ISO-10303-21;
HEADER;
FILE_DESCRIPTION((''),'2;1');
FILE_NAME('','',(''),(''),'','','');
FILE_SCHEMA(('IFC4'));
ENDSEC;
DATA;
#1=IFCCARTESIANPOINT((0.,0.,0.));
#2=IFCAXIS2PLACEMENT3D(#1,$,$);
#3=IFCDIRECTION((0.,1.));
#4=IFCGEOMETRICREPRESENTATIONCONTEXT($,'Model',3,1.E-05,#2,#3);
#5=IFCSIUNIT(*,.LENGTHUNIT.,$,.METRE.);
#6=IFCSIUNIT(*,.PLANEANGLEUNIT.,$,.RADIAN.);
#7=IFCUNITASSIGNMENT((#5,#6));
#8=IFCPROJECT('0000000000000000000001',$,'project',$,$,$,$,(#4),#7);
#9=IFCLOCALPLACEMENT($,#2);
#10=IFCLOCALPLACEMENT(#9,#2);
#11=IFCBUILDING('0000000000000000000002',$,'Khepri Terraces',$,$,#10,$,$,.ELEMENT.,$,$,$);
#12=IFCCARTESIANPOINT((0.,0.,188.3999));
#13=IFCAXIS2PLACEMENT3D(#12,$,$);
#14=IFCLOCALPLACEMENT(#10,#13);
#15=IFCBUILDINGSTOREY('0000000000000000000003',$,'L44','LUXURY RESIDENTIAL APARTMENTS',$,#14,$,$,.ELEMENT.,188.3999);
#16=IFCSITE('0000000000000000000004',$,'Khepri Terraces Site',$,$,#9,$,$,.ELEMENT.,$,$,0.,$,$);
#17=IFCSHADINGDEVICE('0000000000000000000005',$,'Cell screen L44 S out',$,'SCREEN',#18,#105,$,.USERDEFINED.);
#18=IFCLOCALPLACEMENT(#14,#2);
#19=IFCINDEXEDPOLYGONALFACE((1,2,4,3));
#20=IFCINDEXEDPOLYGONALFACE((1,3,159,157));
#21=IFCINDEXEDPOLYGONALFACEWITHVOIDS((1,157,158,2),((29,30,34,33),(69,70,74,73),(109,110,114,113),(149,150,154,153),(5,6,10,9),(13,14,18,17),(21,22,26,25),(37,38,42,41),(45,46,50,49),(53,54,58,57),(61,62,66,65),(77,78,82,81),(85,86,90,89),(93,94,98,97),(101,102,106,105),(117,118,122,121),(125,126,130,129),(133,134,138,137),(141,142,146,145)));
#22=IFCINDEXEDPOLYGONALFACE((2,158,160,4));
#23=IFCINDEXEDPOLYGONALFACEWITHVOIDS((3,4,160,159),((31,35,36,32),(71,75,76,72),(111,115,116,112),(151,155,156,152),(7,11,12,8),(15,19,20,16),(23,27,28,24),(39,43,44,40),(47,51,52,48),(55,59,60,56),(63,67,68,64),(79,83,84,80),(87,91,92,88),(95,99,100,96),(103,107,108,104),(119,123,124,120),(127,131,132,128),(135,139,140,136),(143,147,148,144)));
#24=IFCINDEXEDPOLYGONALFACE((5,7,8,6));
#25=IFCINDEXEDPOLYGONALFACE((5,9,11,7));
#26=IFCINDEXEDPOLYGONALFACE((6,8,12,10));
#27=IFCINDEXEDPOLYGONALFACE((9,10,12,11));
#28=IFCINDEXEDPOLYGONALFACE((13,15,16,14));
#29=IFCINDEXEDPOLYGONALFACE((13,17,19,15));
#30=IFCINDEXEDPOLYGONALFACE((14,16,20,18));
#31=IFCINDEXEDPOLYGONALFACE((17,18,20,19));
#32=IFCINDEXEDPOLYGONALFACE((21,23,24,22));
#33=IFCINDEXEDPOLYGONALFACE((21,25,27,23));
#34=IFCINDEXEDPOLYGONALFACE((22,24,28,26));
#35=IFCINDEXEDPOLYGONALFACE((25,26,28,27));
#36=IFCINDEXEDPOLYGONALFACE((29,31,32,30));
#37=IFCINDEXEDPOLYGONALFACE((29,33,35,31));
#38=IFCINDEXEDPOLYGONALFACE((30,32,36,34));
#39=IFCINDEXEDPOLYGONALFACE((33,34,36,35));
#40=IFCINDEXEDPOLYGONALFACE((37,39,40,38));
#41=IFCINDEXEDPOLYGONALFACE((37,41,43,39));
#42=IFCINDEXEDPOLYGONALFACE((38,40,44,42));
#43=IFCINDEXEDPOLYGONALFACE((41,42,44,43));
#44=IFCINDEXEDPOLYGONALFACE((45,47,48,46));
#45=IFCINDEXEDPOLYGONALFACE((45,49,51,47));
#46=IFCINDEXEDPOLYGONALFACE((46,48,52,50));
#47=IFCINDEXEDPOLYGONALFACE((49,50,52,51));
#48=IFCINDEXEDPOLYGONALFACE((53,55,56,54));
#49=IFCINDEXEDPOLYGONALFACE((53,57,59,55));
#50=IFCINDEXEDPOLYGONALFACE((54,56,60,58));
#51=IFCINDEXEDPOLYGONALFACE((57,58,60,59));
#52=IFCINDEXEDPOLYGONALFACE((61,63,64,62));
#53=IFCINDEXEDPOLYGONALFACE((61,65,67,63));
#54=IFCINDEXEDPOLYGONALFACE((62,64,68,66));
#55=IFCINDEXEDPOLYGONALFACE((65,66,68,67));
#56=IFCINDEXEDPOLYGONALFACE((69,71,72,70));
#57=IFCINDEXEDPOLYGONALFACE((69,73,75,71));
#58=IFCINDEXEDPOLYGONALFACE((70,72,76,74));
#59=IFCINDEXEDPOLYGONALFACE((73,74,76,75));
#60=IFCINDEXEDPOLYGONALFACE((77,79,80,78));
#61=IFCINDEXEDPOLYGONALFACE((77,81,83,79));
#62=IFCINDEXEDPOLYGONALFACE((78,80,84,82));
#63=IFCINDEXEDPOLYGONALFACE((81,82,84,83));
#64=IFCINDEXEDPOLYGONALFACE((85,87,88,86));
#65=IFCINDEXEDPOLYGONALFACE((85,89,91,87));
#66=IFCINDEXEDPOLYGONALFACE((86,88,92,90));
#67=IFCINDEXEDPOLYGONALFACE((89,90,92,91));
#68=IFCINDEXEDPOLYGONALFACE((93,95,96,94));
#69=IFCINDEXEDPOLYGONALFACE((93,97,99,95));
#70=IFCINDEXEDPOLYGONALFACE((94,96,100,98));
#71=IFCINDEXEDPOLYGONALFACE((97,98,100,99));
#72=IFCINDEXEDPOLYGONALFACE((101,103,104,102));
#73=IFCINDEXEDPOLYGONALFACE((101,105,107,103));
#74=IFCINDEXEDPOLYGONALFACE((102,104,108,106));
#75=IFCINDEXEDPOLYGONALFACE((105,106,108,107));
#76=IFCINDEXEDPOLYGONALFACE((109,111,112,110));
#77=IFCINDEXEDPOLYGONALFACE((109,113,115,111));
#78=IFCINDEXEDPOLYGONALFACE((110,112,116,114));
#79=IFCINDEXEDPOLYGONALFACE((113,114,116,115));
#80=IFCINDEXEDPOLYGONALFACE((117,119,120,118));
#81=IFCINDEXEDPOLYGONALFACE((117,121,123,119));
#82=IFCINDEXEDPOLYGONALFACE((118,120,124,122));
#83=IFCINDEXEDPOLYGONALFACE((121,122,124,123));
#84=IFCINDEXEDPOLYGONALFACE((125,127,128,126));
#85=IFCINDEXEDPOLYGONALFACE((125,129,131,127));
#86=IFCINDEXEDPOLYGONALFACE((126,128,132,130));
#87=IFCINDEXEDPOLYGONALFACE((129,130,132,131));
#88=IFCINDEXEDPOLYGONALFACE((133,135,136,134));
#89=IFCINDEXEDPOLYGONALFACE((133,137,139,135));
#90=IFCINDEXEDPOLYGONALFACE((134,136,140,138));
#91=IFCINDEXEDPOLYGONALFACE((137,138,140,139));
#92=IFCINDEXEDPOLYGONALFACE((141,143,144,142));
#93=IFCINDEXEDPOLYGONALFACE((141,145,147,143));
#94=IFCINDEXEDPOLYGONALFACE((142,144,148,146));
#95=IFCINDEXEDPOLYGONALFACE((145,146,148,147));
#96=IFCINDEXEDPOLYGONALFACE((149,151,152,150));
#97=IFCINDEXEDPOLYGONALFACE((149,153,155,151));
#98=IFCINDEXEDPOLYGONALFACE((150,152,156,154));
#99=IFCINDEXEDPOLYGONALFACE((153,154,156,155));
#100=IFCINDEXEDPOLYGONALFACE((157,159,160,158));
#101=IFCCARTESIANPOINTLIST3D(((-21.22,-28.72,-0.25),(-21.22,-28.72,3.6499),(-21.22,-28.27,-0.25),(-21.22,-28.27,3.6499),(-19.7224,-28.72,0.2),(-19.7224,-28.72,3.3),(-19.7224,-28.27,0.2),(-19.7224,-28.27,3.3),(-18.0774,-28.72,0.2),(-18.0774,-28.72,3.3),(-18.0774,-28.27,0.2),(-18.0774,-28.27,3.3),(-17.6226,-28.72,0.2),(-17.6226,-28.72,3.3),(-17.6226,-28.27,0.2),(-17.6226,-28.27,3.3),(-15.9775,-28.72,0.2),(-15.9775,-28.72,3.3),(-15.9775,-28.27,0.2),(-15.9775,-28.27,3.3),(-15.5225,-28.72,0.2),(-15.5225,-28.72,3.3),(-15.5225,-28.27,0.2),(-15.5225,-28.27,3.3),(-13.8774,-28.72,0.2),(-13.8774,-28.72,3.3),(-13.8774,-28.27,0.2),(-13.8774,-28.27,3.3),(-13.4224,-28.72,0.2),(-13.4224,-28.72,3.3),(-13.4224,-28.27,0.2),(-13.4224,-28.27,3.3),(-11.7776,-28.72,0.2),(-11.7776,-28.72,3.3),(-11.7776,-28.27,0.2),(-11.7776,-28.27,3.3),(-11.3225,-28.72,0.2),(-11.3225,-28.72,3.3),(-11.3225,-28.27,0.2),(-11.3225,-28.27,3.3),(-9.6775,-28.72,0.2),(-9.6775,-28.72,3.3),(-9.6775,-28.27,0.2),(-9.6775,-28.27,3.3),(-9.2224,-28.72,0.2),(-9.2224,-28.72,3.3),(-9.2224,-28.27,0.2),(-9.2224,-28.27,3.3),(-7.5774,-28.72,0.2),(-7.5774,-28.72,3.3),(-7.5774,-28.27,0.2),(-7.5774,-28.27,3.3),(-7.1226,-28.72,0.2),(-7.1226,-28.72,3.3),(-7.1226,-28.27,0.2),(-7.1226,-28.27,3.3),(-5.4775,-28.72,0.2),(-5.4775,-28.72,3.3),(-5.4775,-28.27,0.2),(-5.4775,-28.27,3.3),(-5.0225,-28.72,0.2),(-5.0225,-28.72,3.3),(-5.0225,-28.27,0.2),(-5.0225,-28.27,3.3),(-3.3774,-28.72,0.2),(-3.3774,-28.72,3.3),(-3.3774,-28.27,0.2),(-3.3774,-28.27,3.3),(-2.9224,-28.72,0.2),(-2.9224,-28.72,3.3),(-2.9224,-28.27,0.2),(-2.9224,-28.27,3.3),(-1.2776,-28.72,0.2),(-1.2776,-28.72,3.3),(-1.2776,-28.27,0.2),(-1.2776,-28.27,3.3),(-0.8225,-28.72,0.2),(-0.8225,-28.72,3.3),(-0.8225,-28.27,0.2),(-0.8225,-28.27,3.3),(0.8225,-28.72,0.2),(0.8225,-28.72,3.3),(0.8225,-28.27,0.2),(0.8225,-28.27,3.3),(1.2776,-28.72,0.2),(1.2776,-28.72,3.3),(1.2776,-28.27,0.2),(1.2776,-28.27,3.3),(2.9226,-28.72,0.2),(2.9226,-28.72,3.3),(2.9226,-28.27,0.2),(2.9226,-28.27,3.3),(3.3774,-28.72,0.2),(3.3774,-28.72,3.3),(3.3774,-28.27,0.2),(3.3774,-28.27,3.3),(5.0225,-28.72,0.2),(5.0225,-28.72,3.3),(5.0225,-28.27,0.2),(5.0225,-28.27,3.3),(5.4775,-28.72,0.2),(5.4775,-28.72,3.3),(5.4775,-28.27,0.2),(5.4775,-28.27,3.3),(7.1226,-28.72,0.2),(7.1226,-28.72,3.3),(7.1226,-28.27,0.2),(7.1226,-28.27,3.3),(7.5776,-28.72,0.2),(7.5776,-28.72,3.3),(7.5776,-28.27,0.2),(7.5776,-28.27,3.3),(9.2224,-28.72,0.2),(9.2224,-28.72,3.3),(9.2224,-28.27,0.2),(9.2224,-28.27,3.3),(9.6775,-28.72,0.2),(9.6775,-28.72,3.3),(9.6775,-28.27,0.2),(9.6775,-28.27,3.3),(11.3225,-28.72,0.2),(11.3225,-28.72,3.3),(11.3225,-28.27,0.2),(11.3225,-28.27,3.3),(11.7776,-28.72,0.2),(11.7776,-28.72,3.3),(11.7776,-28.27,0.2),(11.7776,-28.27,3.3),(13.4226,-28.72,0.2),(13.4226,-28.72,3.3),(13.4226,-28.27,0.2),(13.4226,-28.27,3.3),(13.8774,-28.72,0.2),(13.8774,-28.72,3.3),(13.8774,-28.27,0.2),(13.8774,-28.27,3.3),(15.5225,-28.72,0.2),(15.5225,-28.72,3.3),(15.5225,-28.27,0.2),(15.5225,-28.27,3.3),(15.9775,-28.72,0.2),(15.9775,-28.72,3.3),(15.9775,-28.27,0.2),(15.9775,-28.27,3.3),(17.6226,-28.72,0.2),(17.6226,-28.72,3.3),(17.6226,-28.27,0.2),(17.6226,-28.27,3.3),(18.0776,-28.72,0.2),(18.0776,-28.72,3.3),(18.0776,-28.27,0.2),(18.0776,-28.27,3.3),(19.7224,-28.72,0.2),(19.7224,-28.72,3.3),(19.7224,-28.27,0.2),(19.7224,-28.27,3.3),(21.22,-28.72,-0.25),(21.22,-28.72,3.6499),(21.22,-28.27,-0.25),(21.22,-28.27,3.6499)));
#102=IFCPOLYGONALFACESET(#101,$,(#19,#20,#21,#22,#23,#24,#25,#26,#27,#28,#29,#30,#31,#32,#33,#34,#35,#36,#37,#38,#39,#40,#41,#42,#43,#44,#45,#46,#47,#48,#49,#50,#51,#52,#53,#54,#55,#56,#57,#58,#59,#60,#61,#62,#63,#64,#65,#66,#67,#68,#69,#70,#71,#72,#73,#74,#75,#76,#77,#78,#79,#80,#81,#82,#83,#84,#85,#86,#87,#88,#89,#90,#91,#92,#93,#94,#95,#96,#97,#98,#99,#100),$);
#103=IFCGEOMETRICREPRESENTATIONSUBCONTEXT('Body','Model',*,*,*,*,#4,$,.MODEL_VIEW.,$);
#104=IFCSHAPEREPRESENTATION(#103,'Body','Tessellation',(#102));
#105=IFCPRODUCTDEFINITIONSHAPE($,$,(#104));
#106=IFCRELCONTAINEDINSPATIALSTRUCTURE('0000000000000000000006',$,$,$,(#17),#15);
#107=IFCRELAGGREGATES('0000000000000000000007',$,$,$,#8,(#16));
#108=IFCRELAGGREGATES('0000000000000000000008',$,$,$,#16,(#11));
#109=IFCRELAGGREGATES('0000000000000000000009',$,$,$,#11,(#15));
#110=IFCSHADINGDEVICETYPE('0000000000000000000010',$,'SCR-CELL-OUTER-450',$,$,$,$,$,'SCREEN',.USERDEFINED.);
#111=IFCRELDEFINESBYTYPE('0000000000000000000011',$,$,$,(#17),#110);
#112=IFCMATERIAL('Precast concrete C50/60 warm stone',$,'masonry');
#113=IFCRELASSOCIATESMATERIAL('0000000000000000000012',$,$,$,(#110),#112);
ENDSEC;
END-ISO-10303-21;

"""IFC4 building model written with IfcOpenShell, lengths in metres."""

from ifc_helpers import new_model, si_unit, direction, frame, origin, place, context, subcontext, project, spatial, polyline, outline, extrude, material, type_object, element, save


model = new_model("IFC4")

# Units and contexts
model_context = context("Model", 3, precision=1e-05, world=origin(), true_north=direction((0.0, 1.0)))
body_context = subcontext(model_context, "Body", "Model", "MODEL_VIEW")
ifc_project = project(units=[si_unit("LENGTHUNIT", "METRE"), si_unit("PLANEANGLEUNIT", "RADIAN")], contexts=[model_context])

# Site, building, storey
site_placement = place(None, origin())
site = spatial("IfcSite", under=ifc_project, at=site_placement, Name="Khepri Terraces Site", CompositionType="ELEMENT", RefElevation=0.0)
building_placement = place(site_placement, origin())
building = spatial("IfcBuilding", under=site, at=building_placement, Name="Khepri Terraces", CompositionType="ELEMENT")
storey_placement = place(building_placement, frame((0.0, 0.0, 188.3999)))
storey = spatial("IfcBuildingStorey", under=building, at=storey_placement, Name="L44", Description="LUXURY RESIDENTIAL APARTMENTS", CompositionType="ELEMENT", Elevation=188.3999)

# Shared definitions
ifc_material_1 = material(Name="Precast concrete C50/60 warm stone", Category="masonry")

# Shading device
shading_device_type_1 = type_object("IfcShadingDeviceType", Name="SCR-CELL-OUTER-450", ElementType="SCREEN", PredefinedType="USERDEFINED", material=ifc_material_1)
shading_device_1_placement = place(storey_placement, frame((-21.22, -28.27, -0.25), z_axis=(0.0, -1.0, 0.0), x_axis=(1.0, 0.0, 0.0)))
element("IfcShadingDevice", 1, at=shading_device_1_placement, inside=storey, type_object=shading_device_type_1, Name="Cell screen L44 S out", ObjectType="SCREEN", PredefinedType="USERDEFINED", context=body_context, shape_type="SweptSolid", body=[
    extrude(outline(polyline([(0.0, 0.0), (42.4399, 0.0), (42.4399, 3.8999), (0.0, 3.8999), (0.0, 0.0)]), holes=[polyline([(1.4976, 0.45), (3.1426, 0.45), (3.1426, 3.55), (1.4976, 3.55), (1.4976, 0.45)]), polyline([(3.5974, 0.45), (5.2424, 0.45), (5.2424, 3.55), (3.5974, 3.55), (3.5974, 0.45)]), polyline([(5.6975, 0.45), (7.3425, 0.45), (7.3425, 3.55), (5.6975, 3.55), (5.6975, 0.45)]), polyline([(7.7976, 0.45), (9.4424, 0.45), (9.4424, 3.55), (7.7976, 3.55), (7.7976, 0.45)]), polyline([(9.8975, 0.45), (11.5425, 0.45), (11.5425, 3.55), (9.8975, 3.55), (9.8975, 0.45)]), polyline([(11.9976, 0.45), (13.6426, 0.45), (13.6426, 3.55), (11.9976, 3.55), (11.9976, 0.45)]), polyline([(14.0974, 0.45), (15.7424, 0.45), (15.7424, 3.55), (14.0974, 3.55), (14.0974, 0.45)]), polyline([(16.1975, 0.45), (17.8425, 0.45), (17.8425, 3.55), (16.1975, 3.55), (16.1975, 0.45)]), polyline([(18.2976, 0.45), (19.9424, 0.45), (19.9424, 3.55), (18.2976, 3.55), (18.2976, 0.45)]), polyline([(20.3975, 0.45), (22.0425, 0.45), (22.0425, 3.55), (20.3975, 3.55), (20.3975, 0.45)]), polyline([(22.4976, 0.45), (24.1426, 0.45), (24.1426, 3.55), (22.4976, 3.55), (22.4976, 0.45)]), polyline([(24.5974, 0.45), (26.2424, 0.45), (26.2424, 3.55), (24.5974, 3.55), (24.5974, 0.45)]), polyline([(26.6975, 0.45), (28.3425, 0.45), (28.3425, 3.55), (26.6975, 3.55), (26.6975, 0.45)]), polyline([(28.7976, 0.45), (30.4424, 0.45), (30.4424, 3.55), (28.7976, 3.55), (28.7976, 0.45)]), polyline([(30.8975, 0.45), (32.5425, 0.45), (32.5425, 3.55), (30.8975, 3.55), (30.8975, 0.45)]), polyline([(32.9976, 0.45), (34.6426, 0.45), (34.6426, 3.55), (32.9976, 3.55), (32.9976, 0.45)]), polyline([(35.0974, 0.45), (36.7424, 0.45), (36.7424, 3.55), (35.0974, 3.55), (35.0974, 0.45)]), polyline([(37.1975, 0.45), (38.8425, 0.45), (38.8425, 3.55), (37.1975, 3.55), (37.1975, 0.45)]), polyline([(39.2976, 0.45), (40.9424, 0.45), (40.9424, 3.55), (39.2976, 3.55), (39.2976, 0.45)])]), origin(), (0.0, 0.0, 1.0), 0.45),
])

save(model, "model.ifc")
